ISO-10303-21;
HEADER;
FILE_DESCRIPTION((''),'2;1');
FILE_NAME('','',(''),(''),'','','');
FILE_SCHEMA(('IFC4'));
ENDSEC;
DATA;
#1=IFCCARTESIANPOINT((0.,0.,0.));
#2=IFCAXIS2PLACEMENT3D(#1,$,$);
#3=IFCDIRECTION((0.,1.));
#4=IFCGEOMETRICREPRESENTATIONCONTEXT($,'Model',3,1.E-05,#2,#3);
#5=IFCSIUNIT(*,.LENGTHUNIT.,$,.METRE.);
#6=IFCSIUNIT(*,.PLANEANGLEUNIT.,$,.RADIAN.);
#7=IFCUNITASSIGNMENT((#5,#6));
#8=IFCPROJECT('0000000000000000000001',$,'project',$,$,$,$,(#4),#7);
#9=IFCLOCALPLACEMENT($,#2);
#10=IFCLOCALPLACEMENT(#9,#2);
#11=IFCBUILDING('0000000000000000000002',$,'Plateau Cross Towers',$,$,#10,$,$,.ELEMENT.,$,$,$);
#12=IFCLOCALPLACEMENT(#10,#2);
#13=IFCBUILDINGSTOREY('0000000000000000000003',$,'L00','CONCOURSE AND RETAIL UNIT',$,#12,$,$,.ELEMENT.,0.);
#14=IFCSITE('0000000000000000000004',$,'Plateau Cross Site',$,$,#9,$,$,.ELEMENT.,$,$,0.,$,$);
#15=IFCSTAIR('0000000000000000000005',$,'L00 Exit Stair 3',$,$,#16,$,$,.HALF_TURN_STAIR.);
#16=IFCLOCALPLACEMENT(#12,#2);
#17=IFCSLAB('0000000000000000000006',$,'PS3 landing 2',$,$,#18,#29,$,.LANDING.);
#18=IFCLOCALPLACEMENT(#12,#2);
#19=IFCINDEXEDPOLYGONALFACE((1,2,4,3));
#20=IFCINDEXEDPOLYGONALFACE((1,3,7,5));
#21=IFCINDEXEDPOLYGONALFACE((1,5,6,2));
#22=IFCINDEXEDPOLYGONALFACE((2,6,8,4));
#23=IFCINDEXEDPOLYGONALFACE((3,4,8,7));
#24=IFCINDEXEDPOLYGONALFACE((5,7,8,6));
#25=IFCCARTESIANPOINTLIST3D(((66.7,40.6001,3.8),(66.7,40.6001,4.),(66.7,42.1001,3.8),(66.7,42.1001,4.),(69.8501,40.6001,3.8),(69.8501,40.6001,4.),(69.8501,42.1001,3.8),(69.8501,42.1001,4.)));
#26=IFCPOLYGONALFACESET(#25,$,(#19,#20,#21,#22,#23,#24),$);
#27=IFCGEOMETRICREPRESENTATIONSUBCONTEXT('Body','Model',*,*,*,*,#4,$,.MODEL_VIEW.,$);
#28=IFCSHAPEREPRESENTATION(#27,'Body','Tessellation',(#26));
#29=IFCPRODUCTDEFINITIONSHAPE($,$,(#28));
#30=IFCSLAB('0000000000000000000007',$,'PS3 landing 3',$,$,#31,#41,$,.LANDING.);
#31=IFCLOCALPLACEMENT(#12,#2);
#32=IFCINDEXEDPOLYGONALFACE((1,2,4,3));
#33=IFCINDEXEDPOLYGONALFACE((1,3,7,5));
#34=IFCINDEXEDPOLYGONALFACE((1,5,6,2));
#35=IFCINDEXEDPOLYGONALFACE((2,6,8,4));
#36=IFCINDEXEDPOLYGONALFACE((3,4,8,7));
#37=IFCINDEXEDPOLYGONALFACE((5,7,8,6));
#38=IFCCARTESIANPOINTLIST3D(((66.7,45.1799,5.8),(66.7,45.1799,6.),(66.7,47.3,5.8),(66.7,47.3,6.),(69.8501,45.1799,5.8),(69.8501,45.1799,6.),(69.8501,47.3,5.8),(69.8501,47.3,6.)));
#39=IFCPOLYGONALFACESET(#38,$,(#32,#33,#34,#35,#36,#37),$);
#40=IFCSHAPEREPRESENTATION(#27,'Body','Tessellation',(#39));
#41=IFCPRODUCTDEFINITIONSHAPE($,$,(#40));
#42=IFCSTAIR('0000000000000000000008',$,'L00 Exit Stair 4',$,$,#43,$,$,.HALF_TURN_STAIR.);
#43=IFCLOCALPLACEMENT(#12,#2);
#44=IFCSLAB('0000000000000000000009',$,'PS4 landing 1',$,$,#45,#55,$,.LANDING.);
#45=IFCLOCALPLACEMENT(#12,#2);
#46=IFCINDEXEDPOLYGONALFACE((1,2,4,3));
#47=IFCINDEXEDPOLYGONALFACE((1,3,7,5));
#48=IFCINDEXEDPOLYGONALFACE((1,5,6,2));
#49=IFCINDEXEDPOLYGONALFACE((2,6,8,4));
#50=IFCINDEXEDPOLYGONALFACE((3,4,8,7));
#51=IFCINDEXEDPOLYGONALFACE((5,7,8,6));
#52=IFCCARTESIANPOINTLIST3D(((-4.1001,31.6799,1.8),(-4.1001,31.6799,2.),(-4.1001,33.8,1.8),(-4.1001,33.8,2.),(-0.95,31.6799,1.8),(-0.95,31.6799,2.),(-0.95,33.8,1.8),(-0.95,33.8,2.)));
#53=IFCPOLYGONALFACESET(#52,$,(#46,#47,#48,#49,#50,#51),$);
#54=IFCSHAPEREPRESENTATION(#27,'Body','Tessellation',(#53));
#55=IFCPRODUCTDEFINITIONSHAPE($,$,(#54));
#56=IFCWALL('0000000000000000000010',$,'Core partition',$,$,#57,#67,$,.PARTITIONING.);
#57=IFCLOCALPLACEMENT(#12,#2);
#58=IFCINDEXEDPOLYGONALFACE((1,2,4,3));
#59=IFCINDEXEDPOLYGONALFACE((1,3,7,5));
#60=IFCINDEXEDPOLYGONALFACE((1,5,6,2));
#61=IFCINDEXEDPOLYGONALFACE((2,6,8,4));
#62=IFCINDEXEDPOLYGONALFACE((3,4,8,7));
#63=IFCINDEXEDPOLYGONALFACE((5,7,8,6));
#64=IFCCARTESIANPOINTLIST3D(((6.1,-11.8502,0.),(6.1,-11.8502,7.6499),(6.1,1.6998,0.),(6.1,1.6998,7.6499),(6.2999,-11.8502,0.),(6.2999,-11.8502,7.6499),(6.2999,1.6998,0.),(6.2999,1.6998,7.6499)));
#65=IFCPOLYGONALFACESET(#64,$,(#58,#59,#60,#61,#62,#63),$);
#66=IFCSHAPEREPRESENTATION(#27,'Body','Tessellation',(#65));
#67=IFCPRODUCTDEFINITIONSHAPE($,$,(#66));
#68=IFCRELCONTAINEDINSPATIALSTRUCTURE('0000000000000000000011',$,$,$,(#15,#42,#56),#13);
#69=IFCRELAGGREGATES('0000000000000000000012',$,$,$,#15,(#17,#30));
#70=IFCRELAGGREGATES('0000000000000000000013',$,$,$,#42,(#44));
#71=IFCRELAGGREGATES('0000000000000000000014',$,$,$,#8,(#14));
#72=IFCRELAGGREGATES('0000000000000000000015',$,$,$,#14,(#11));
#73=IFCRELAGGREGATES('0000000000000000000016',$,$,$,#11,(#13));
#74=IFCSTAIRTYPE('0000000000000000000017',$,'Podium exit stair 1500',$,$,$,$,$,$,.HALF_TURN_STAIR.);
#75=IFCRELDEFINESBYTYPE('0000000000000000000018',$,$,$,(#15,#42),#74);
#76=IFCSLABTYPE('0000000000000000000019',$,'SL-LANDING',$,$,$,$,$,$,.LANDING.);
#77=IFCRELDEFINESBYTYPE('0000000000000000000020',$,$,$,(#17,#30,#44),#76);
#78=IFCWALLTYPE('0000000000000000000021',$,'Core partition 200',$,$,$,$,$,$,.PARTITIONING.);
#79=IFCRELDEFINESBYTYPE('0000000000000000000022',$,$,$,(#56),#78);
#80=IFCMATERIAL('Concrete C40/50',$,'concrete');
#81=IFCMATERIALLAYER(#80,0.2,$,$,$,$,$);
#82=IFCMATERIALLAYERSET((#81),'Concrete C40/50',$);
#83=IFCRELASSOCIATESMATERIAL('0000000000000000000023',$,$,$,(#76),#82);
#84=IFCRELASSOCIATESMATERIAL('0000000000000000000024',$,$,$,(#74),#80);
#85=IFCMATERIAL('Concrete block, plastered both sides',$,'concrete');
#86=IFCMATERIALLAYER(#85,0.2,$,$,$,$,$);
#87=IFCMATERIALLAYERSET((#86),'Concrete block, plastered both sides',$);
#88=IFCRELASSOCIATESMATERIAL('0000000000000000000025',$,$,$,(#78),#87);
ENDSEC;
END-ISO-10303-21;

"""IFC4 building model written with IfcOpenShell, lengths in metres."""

from ifc_helpers import new_model, si_unit, direction, frame, frame_2d, origin, place, context, subcontext, project, spatial, polyline, rectangle, outline, extrude, material, layer, layer_set, type_object, element, aggregate, save


model = new_model("IFC4")

# Units and contexts
model_context = context("Model", 3, precision=1e-05, world=origin(), true_north=direction((0.0, 1.0)))
body_context = subcontext(model_context, "Body", "Model", "MODEL_VIEW")
ifc_project = project(units=[si_unit("LENGTHUNIT", "METRE"), si_unit("PLANEANGLEUNIT", "RADIAN")], contexts=[model_context])

# Site, building, storey
site_placement = place(None, origin())
site = spatial("IfcSite", under=ifc_project, at=site_placement, Name="Plateau Cross Site", CompositionType="ELEMENT", RefElevation=0.0)
building_placement = place(site_placement, origin())
building = spatial("IfcBuilding", under=site, at=building_placement, Name="Plateau Cross Towers", CompositionType="ELEMENT")
storey_placement = place(building_placement, origin())
storey = spatial("IfcBuildingStorey", under=building, at=storey_placement, Name="L00", Description="CONCOURSE AND RETAIL UNIT", CompositionType="ELEMENT", Elevation=0.0)

# Stair, slabs
ifc_material_1 = material(Name="Concrete C40/50", Category="concrete")
ifc_layer_1 = layer(ifc_material_1, 0.2)
ifc_layer_set_1 = layer_set([ifc_layer_1], Name="Concrete C40/50")
slab_type = type_object("IfcSlabType", Name="SL-LANDING", PredefinedType="LANDING", material=ifc_layer_set_1)
stair_type_1 = type_object("IfcStairType", Name="Podium exit stair 1500", PredefinedType="HALF_TURN_STAIR", material=ifc_material_1)
stair_1_placement = place(storey_placement, origin())
stair_1 = element("IfcStair", 1, at=stair_1_placement, inside=storey, type_object=stair_type_1, Name="L00 Exit Stair 3", PredefinedType="HALF_TURN_STAIR")
slab_1_placement = place(storey_placement, frame((0.0, 0.0, 3.8)))
slab_1 = element("IfcSlab", 2, at=slab_1_placement, type_object=slab_type, Name="PS3 landing 2", PredefinedType="LANDING", context=body_context, shape_type="SweptSolid", body=[
    extrude(outline(polyline([(69.8501, 40.6001), (69.8501, 42.1001), (66.7, 42.1001), (66.7, 40.6001), (69.8501, 40.6001)])), origin(), (0.0, 0.0, 1.0), 0.2),
])
slab_2_placement = place(storey_placement, frame((0.0, 0.0, 5.8)))
slab_2 = element("IfcSlab", 3, at=slab_2_placement, type_object=slab_type, Name="PS3 landing 3", PredefinedType="LANDING", context=body_context, shape_type="SweptSolid", body=[
    extrude(outline(polyline([(69.8501, 45.1799), (69.8501, 47.3), (66.7, 47.3), (66.7, 45.1799), (69.8501, 45.1799)])), origin(), (0.0, 0.0, 1.0), 0.2),
])
aggregate(stair_1, [slab_1, slab_2])

# Stair, slab
stair_2_placement = place(storey_placement, origin())
stair_2 = element("IfcStair", 4, at=stair_2_placement, inside=storey, type_object=stair_type_1, Name="L00 Exit Stair 4", PredefinedType="HALF_TURN_STAIR")
slab_3_placement = place(storey_placement, frame((0.0, 0.0, 1.8)))
slab_3 = element("IfcSlab", 5, at=slab_3_placement, type_object=slab_type, Name="PS4 landing 1", PredefinedType="LANDING", context=body_context, shape_type="SweptSolid", body=[
    extrude(outline(polyline([(-0.95, 31.6799), (-0.95, 33.8), (-4.1001, 33.8), (-4.1001, 31.6799), (-0.95, 31.6799)])), origin(), (0.0, 0.0, 1.0), 0.2),
])
aggregate(stair_2, [slab_3])

# Wall
ifc_material_2 = material(Name="Concrete block, plastered both sides", Category="concrete")
ifc_layer_2 = layer(ifc_material_2, 0.2)
ifc_layer_set_2 = layer_set([ifc_layer_2], Name="Concrete block, plastered both sides")
wall_type = type_object("IfcWallType", Name="Core partition 200", PredefinedType="PARTITIONING", material=ifc_layer_set_2)
wall_placement = place(storey_placement, frame((6.2, -11.8501, 0.0), z_axis=(0.0, 0.0, 1.0), x_axis=(0.0, 1.0, 0.0)))
element("IfcWall", 6, at=wall_placement, inside=storey, type_object=wall_type, Name="Core partition", PredefinedType="PARTITIONING", context=body_context, shape_type="SweptSolid", body=[
    extrude(rectangle(XDim=13.55, YDim=0.2, at=frame_2d((6.7749, 0.0))), origin(), (0.0, 0.0, 1.0), 7.6499),
])

save(model, "model.ifc")
